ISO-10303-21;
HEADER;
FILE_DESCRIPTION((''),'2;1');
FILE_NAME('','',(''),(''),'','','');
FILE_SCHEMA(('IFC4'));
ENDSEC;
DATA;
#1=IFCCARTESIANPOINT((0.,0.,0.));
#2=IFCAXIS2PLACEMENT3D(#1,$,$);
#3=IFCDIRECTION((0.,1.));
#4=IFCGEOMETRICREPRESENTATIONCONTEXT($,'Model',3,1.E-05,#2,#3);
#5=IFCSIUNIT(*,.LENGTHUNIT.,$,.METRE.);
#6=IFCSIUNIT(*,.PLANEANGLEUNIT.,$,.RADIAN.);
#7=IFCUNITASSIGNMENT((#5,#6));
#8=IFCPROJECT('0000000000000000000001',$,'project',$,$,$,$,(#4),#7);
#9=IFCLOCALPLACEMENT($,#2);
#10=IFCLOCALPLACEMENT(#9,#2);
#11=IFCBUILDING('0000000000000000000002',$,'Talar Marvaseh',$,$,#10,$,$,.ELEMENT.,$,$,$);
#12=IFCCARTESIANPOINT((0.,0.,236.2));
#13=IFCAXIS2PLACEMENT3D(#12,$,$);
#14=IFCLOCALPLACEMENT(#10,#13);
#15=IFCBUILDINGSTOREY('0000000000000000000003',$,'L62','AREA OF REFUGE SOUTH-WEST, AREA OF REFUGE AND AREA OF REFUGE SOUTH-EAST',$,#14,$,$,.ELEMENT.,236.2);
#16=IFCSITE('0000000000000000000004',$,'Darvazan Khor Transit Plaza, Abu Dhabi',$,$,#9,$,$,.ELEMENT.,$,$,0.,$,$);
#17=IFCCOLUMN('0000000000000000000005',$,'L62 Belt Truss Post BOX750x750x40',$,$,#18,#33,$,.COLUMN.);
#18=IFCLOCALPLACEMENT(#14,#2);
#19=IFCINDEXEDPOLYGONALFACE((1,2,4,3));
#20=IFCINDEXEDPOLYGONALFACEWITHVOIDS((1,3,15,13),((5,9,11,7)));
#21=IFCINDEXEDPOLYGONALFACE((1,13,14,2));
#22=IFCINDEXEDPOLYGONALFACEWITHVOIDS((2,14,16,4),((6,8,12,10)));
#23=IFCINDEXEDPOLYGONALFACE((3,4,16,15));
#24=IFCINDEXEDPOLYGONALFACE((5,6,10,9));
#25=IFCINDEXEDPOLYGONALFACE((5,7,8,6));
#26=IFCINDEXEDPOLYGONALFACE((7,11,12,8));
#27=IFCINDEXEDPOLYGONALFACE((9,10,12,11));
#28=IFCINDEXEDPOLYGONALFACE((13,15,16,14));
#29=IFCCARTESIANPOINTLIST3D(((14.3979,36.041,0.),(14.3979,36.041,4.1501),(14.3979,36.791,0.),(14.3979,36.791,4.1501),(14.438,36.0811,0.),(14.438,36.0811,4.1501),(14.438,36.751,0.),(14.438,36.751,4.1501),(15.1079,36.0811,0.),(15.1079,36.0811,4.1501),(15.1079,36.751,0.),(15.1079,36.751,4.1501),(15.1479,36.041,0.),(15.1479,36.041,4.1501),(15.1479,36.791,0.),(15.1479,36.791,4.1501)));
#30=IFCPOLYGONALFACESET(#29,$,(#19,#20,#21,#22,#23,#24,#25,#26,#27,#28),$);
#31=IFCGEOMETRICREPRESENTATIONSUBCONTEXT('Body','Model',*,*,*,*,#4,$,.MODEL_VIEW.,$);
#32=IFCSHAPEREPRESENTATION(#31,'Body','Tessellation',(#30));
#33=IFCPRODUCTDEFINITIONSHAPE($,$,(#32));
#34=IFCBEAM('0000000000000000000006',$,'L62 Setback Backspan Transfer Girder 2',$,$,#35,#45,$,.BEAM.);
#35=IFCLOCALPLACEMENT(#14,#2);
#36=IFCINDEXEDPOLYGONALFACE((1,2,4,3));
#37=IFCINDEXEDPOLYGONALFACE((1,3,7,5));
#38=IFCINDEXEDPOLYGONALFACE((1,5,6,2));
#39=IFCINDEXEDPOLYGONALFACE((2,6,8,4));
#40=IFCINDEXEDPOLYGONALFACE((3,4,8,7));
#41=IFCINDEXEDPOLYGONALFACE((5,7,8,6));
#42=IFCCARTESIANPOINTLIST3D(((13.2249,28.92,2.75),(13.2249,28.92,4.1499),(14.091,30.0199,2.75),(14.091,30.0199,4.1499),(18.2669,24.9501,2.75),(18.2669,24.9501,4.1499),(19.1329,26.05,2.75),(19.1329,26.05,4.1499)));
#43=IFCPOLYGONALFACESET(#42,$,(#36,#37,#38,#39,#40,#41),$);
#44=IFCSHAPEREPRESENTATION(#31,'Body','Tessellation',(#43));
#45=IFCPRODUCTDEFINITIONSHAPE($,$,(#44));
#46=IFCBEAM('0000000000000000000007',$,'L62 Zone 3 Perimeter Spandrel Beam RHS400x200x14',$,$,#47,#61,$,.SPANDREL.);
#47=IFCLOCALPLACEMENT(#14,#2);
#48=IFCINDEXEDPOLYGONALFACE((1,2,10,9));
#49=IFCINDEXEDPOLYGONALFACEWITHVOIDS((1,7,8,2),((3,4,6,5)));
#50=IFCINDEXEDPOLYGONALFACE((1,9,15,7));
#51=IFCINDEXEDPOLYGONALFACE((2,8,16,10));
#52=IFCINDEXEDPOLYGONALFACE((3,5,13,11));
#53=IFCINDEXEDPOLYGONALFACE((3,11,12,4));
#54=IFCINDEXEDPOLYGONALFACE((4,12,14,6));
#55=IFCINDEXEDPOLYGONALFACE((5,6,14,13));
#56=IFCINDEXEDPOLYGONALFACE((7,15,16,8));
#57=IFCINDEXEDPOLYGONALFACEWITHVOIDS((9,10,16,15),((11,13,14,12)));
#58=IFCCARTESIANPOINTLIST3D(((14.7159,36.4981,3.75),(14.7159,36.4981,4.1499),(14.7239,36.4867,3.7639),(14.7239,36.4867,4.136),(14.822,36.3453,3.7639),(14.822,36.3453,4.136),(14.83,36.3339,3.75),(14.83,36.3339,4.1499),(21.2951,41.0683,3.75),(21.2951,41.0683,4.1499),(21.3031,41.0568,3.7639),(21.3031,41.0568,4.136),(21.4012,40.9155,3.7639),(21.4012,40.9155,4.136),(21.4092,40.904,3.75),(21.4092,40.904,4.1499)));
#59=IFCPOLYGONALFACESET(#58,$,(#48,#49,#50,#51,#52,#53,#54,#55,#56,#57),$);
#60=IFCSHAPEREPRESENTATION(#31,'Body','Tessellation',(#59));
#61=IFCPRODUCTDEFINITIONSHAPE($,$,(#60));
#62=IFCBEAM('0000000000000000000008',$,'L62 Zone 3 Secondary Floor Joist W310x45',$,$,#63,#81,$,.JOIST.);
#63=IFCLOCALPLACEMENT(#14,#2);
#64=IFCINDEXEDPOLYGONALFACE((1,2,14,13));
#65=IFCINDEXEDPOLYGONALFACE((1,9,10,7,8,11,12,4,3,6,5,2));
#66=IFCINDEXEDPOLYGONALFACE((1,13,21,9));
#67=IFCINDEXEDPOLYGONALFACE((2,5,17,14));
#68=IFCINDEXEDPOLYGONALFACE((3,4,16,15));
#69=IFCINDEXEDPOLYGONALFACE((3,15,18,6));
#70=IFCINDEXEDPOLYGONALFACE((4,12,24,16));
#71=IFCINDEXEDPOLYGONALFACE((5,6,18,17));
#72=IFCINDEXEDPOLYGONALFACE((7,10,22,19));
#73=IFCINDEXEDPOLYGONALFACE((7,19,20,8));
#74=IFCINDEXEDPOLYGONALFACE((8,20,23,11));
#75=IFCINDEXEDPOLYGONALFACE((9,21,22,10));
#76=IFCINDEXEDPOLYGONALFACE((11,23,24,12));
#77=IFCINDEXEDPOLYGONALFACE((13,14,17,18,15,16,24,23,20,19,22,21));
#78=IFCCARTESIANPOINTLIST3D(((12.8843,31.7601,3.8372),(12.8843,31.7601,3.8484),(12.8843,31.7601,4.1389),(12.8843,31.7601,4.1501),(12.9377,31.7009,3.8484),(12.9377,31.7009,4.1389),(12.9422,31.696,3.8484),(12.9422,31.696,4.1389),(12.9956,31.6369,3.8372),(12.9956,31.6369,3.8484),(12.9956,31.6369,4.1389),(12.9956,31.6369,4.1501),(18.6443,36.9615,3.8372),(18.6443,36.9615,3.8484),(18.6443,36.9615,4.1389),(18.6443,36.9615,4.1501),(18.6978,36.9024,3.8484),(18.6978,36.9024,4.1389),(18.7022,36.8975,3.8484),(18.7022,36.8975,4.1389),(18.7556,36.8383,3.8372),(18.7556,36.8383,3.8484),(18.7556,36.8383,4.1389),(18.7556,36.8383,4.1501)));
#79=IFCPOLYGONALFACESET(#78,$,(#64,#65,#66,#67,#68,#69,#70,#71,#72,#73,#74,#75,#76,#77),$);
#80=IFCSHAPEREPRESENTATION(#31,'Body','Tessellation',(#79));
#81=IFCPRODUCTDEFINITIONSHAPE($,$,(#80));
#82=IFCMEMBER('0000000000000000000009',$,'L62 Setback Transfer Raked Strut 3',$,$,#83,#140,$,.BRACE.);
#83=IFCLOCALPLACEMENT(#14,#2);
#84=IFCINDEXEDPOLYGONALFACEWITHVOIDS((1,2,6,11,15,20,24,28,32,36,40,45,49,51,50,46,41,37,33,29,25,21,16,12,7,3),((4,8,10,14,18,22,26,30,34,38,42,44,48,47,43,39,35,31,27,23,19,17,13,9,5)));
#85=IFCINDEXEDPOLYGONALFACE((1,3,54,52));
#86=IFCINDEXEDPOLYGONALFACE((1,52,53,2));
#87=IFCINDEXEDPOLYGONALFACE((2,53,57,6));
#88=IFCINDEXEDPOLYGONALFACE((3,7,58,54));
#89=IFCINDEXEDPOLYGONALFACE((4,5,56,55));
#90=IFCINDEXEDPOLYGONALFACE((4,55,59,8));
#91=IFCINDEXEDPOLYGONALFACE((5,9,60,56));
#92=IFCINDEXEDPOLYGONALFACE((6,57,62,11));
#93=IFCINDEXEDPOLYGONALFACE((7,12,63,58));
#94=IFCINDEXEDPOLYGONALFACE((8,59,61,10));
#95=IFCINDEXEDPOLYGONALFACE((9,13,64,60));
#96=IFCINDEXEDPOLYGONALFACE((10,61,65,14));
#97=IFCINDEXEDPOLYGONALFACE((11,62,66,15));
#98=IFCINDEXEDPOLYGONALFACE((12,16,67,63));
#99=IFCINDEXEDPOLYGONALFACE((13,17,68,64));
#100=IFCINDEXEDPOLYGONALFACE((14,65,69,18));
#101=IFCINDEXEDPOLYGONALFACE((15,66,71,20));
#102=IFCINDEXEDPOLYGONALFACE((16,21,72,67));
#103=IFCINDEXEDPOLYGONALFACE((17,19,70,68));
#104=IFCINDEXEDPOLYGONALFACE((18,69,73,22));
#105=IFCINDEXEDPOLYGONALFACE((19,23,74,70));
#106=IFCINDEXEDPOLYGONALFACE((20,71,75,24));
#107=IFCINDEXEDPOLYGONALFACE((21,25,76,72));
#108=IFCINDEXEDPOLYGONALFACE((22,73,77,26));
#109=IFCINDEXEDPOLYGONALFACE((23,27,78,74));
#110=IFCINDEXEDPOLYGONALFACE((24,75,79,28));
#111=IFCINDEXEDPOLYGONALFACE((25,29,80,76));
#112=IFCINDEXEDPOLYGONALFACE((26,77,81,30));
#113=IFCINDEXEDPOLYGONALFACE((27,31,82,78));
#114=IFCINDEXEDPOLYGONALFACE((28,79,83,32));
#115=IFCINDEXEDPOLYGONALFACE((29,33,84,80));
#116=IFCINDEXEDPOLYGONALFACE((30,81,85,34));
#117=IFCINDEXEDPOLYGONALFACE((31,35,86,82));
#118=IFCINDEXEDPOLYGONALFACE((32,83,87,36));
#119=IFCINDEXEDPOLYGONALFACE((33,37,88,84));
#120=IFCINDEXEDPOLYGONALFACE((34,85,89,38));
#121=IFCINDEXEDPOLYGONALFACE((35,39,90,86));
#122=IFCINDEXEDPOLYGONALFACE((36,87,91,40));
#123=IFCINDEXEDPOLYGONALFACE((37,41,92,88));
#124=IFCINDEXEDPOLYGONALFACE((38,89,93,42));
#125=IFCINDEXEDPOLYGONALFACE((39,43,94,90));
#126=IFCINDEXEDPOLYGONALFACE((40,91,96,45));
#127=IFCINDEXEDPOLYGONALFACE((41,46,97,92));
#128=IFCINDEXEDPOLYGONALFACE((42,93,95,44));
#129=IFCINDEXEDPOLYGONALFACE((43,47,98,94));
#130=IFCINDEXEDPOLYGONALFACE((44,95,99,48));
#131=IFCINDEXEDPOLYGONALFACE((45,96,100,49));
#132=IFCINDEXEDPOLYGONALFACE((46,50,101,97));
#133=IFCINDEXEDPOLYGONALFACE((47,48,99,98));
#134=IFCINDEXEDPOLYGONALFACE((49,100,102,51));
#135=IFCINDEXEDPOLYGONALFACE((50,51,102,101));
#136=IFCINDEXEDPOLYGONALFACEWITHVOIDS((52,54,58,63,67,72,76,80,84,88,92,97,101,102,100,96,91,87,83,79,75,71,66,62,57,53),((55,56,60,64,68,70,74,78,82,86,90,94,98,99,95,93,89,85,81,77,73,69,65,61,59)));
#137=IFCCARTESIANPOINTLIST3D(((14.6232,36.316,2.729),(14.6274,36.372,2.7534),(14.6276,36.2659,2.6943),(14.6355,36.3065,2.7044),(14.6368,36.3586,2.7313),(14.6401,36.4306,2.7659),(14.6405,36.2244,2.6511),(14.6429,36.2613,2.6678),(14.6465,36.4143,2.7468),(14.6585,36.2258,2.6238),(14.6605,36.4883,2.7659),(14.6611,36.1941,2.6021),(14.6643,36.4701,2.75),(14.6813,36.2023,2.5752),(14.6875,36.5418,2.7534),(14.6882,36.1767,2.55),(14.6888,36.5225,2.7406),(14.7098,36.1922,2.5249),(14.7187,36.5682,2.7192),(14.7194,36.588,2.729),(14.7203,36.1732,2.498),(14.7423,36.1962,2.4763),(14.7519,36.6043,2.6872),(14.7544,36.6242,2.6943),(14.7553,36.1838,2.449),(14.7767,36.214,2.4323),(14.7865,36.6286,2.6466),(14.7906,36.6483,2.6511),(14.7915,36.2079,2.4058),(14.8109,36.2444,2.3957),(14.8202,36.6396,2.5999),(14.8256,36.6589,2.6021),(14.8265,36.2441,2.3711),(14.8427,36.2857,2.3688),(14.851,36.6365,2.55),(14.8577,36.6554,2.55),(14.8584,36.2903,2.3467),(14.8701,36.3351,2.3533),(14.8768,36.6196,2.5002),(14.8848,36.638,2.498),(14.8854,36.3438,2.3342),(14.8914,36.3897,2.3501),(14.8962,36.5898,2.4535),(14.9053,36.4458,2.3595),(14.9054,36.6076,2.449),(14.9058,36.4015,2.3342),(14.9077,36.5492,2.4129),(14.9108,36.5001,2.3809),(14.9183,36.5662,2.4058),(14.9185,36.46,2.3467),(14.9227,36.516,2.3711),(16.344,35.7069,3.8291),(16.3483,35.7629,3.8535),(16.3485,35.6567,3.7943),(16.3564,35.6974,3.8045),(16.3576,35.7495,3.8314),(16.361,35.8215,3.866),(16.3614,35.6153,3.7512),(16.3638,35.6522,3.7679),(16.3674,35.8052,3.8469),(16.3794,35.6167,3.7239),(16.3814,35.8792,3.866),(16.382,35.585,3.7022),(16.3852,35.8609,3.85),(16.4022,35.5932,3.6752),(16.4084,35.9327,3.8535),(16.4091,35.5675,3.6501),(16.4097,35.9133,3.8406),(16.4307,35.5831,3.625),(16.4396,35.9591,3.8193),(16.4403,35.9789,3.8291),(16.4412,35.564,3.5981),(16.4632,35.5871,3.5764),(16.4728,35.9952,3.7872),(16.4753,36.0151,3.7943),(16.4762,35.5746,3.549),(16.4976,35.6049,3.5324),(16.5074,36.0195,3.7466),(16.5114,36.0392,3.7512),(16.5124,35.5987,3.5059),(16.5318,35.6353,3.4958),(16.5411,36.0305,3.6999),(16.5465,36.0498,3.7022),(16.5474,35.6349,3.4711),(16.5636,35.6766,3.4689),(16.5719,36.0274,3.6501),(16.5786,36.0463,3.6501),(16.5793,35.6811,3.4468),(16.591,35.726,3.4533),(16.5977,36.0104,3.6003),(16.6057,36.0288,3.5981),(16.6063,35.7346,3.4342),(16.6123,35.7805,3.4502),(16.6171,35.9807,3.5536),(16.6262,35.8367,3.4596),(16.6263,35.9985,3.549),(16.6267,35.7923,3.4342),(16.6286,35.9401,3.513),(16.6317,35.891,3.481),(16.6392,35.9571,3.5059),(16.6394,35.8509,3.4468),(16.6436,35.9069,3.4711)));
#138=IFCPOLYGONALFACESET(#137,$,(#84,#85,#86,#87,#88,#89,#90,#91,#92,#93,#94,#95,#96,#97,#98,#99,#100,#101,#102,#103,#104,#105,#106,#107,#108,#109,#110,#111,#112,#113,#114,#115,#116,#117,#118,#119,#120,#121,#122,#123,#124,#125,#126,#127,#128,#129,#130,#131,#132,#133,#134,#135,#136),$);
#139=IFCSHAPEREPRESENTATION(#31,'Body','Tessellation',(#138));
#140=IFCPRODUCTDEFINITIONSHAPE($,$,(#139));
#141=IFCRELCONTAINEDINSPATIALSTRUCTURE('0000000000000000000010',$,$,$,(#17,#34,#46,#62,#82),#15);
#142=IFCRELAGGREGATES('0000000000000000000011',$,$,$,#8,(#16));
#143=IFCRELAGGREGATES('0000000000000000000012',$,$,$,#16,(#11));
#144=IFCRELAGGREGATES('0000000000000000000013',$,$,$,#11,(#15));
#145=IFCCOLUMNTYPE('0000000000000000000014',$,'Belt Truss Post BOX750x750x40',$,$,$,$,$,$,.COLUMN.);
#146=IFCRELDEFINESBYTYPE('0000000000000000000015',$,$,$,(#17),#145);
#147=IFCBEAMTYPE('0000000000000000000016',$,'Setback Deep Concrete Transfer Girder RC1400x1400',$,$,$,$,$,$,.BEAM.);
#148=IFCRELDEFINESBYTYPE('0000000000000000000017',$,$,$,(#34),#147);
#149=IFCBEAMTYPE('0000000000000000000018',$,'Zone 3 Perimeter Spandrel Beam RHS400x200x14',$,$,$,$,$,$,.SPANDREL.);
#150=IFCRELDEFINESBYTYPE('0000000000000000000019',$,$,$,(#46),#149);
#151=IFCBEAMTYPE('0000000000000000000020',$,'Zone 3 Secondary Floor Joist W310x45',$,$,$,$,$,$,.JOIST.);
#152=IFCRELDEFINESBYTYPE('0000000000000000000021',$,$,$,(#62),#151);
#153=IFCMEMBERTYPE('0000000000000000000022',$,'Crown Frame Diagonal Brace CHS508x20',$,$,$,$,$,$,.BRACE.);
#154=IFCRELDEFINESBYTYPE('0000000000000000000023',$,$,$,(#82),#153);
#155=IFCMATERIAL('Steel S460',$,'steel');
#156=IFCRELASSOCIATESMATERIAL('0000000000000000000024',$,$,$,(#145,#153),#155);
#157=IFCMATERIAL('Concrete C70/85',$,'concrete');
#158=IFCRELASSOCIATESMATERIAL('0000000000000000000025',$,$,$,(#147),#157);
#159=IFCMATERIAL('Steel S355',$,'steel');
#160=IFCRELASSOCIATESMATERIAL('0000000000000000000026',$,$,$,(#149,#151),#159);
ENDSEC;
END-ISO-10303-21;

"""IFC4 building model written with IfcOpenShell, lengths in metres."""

from ifc_helpers import new_model, si_unit, direction, frame, origin, origin_2d, place, context, subcontext, project, spatial, rectangle, hollow_rectangle, hollow_circle, i_section, extrude, source, transform, mapped, material, material_profile, profile_set, type_object, type_shapes, element, save


model = new_model("IFC4")

# Units and contexts
model_context = context("Model", 3, precision=1e-05, world=origin(), true_north=direction((0.0, 1.0)))
body_context = subcontext(model_context, "Body", "Model", "MODEL_VIEW")
ifc_project = project(units=[si_unit("LENGTHUNIT", "METRE"), si_unit("PLANEANGLEUNIT", "RADIAN")], contexts=[model_context])

# Site, building, storey
site_placement = place(None, origin())
site = spatial("IfcSite", under=ifc_project, at=site_placement, Name="Darvazan Khor Transit Plaza, Abu Dhabi", CompositionType="ELEMENT", RefElevation=0.0)
building_placement = place(site_placement, origin())
building = spatial("IfcBuilding", under=site, at=building_placement, Name="Talar Marvaseh", CompositionType="ELEMENT")
storey_placement = place(building_placement, frame((0.0, 0.0, 236.2)))
storey = spatial("IfcBuildingStorey", under=building, at=storey_placement, Name="L62", Description="AREA OF REFUGE SOUTH-WEST, AREA OF REFUGE AND AREA OF REFUGE SOUTH-EAST", CompositionType="ELEMENT", Elevation=236.2)

# Column
ifc_material_1 = material(Name="Steel S460", Category="steel")
ifc_material_profile_1 = material_profile(ifc_material_1, hollow_rectangle(XDim=0.75, YDim=0.75, WallThickness=0.04, at=origin_2d()), Name="BOX750x750x40")
ifc_profile_set_1 = profile_set([ifc_material_profile_1], Name="Steel S460")
column_type = type_object("IfcColumnType", Name="Belt Truss Post BOX750x750x40", PredefinedType="COLUMN", material=ifc_profile_set_1)
column_placement = place(storey_placement, frame((14.7729, 36.416, 0.0), z_axis=(0.0, 0.0, 1.0), x_axis=(1.0, 0.0, 0.0)))
element("IfcColumn", 1, at=column_placement, inside=storey, type_object=column_type, Name="L62 Belt Truss Post BOX750x750x40", PredefinedType="COLUMN", context=body_context, shape_type="SweptSolid", body=[
    extrude(hollow_rectangle(XDim=0.75, YDim=0.75, WallThickness=0.04, at=origin_2d()), origin(), (0.0, 0.0, 1.0), 4.1501),
])

# Beams
ifc_material_2 = material(Name="Concrete C70/85", Category="concrete")
ifc_material_profile_2 = material_profile(ifc_material_2, rectangle(XDim=1.3999, YDim=1.3999, at=origin_2d()), Name="RC1400x1400")
ifc_profile_set_2 = profile_set([ifc_material_profile_2], Name="Concrete C70/85")
beam_type_1 = type_object("IfcBeamType", Name="Setback Deep Concrete Transfer Girder RC1400x1400", PredefinedType="BEAM", material=ifc_profile_set_2)
beam_1_placement = place(storey_placement, frame((13.658, 29.47, 3.45), z_axis=(0.785682, -0.618631, 0.0), x_axis=(0.618631, 0.785682, 0.0)))
element("IfcBeam", 2, at=beam_1_placement, inside=storey, type_object=beam_type_1, Name="L62 Setback Backspan Transfer Girder 2", PredefinedType="BEAM", context=body_context, shape_type="SweptSolid", body=[
    extrude(rectangle(XDim=1.3999, YDim=1.3999, at=origin_2d()), origin(), (0.0, 0.0, 1.0), 6.4172),
])
ifc_material_3 = material(Name="Steel S355", Category="steel")
ifc_material_profile_3 = material_profile(ifc_material_3, hollow_rectangle(XDim=0.2, YDim=0.3999, WallThickness=0.0139, at=origin_2d()), Name="RHS400x200x14")
ifc_profile_set_3 = profile_set([ifc_material_profile_3], Name="Steel S355")
beam_type_2 = type_object("IfcBeamType", Name="Zone 3 Perimeter Spandrel Beam RHS400x200x14", PredefinedType="SPANDREL", material=ifc_profile_set_3)
beam_2_placement = place(storey_placement, frame((14.7729, 36.416, 3.95), z_axis=(0.821297, 0.570501, 0.0), x_axis=(-0.570501, 0.821297, 0.0)))
element("IfcBeam", 3, at=beam_2_placement, inside=storey, type_object=beam_type_2, Name="L62 Zone 3 Perimeter Spandrel Beam RHS400x200x14", PredefinedType="SPANDREL", context=body_context, shape_type="SweptSolid", body=[
    extrude(hollow_rectangle(XDim=0.2, YDim=0.3999, WallThickness=0.0139, at=origin_2d()), origin(), (0.0, 0.0, 1.0), 8.0107),
])
ifc_material_profile_4 = material_profile(ifc_material_3, i_section(OverallWidth=0.166, OverallDepth=0.313, WebThickness=0.0066, FlangeThickness=0.0112, at=origin_2d()), Name="W310x45")
ifc_profile_set_4 = profile_set([ifc_material_profile_4], Name="Steel S355")
beam_type_3 = type_object("IfcBeamType", Name="Zone 3 Secondary Floor Joist W310x45", PredefinedType="JOIST", material=ifc_profile_set_4)
beam_3_placement = place(storey_placement, frame((12.9399, 31.6985, 3.9937), z_axis=(0.742178, 0.670203, 0.0), x_axis=(-0.670203, 0.742178, 0.0)))
element("IfcBeam", 4, at=beam_3_placement, inside=storey, type_object=beam_type_3, Name="L62 Zone 3 Secondary Floor Joist W310x45", PredefinedType="JOIST", context=body_context, shape_type="SweptSolid", body=[
    extrude(i_section(OverallWidth=0.166, OverallDepth=0.313, WebThickness=0.0066, FlangeThickness=0.0112, at=origin_2d()), origin(), (0.0, 0.0, 1.0), 7.761),
])

# Member
ifc_material_profile_5 = material_profile(ifc_material_1, hollow_circle(Radius=0.2539, WallThickness=0.02, at=origin_2d()), Name="CHS508x20")
ifc_profile_set_5 = profile_set([ifc_material_profile_5], Name="Steel S460")
member_type_1 = type_object("IfcMemberType", Name="Crown Frame Diagonal Brace CHS508x20", PredefinedType="BRACE", material=ifc_profile_set_5)
shared_shape_1 = source(origin(), body_context, "Body", "SweptSolid", [
    extrude(hollow_circle(Radius=0.2539, WallThickness=0.02, at=origin_2d()), origin(), (0.0, 0.0, 1.0), 2.1313),
])
type_shapes(member_type_1, [shared_shape_1])
member_1_placement = place(storey_placement, frame((14.7729, 36.416, 2.55), z_axis=(0.807421, -0.285788, 0.516136), x_axis=(0.333666, 0.942691, 0.0)))
element("IfcMember", 5, at=member_1_placement, inside=storey, type_object=member_type_1, Name="L62 Setback Transfer Raked Strut 3", PredefinedType="BRACE", context=body_context, shape_type="MappedRepresentation", body=[
    mapped(shared_shape_1, transform((0.0, 0.0, 0.0), x_axis=(1.0, 0.0, 0.0), y_axis=(0.0, 1.0, 0.0), z_axis=(0.0, 0.0, 1.0), scale=1.0)),
])

save(model, "model.ifc")
